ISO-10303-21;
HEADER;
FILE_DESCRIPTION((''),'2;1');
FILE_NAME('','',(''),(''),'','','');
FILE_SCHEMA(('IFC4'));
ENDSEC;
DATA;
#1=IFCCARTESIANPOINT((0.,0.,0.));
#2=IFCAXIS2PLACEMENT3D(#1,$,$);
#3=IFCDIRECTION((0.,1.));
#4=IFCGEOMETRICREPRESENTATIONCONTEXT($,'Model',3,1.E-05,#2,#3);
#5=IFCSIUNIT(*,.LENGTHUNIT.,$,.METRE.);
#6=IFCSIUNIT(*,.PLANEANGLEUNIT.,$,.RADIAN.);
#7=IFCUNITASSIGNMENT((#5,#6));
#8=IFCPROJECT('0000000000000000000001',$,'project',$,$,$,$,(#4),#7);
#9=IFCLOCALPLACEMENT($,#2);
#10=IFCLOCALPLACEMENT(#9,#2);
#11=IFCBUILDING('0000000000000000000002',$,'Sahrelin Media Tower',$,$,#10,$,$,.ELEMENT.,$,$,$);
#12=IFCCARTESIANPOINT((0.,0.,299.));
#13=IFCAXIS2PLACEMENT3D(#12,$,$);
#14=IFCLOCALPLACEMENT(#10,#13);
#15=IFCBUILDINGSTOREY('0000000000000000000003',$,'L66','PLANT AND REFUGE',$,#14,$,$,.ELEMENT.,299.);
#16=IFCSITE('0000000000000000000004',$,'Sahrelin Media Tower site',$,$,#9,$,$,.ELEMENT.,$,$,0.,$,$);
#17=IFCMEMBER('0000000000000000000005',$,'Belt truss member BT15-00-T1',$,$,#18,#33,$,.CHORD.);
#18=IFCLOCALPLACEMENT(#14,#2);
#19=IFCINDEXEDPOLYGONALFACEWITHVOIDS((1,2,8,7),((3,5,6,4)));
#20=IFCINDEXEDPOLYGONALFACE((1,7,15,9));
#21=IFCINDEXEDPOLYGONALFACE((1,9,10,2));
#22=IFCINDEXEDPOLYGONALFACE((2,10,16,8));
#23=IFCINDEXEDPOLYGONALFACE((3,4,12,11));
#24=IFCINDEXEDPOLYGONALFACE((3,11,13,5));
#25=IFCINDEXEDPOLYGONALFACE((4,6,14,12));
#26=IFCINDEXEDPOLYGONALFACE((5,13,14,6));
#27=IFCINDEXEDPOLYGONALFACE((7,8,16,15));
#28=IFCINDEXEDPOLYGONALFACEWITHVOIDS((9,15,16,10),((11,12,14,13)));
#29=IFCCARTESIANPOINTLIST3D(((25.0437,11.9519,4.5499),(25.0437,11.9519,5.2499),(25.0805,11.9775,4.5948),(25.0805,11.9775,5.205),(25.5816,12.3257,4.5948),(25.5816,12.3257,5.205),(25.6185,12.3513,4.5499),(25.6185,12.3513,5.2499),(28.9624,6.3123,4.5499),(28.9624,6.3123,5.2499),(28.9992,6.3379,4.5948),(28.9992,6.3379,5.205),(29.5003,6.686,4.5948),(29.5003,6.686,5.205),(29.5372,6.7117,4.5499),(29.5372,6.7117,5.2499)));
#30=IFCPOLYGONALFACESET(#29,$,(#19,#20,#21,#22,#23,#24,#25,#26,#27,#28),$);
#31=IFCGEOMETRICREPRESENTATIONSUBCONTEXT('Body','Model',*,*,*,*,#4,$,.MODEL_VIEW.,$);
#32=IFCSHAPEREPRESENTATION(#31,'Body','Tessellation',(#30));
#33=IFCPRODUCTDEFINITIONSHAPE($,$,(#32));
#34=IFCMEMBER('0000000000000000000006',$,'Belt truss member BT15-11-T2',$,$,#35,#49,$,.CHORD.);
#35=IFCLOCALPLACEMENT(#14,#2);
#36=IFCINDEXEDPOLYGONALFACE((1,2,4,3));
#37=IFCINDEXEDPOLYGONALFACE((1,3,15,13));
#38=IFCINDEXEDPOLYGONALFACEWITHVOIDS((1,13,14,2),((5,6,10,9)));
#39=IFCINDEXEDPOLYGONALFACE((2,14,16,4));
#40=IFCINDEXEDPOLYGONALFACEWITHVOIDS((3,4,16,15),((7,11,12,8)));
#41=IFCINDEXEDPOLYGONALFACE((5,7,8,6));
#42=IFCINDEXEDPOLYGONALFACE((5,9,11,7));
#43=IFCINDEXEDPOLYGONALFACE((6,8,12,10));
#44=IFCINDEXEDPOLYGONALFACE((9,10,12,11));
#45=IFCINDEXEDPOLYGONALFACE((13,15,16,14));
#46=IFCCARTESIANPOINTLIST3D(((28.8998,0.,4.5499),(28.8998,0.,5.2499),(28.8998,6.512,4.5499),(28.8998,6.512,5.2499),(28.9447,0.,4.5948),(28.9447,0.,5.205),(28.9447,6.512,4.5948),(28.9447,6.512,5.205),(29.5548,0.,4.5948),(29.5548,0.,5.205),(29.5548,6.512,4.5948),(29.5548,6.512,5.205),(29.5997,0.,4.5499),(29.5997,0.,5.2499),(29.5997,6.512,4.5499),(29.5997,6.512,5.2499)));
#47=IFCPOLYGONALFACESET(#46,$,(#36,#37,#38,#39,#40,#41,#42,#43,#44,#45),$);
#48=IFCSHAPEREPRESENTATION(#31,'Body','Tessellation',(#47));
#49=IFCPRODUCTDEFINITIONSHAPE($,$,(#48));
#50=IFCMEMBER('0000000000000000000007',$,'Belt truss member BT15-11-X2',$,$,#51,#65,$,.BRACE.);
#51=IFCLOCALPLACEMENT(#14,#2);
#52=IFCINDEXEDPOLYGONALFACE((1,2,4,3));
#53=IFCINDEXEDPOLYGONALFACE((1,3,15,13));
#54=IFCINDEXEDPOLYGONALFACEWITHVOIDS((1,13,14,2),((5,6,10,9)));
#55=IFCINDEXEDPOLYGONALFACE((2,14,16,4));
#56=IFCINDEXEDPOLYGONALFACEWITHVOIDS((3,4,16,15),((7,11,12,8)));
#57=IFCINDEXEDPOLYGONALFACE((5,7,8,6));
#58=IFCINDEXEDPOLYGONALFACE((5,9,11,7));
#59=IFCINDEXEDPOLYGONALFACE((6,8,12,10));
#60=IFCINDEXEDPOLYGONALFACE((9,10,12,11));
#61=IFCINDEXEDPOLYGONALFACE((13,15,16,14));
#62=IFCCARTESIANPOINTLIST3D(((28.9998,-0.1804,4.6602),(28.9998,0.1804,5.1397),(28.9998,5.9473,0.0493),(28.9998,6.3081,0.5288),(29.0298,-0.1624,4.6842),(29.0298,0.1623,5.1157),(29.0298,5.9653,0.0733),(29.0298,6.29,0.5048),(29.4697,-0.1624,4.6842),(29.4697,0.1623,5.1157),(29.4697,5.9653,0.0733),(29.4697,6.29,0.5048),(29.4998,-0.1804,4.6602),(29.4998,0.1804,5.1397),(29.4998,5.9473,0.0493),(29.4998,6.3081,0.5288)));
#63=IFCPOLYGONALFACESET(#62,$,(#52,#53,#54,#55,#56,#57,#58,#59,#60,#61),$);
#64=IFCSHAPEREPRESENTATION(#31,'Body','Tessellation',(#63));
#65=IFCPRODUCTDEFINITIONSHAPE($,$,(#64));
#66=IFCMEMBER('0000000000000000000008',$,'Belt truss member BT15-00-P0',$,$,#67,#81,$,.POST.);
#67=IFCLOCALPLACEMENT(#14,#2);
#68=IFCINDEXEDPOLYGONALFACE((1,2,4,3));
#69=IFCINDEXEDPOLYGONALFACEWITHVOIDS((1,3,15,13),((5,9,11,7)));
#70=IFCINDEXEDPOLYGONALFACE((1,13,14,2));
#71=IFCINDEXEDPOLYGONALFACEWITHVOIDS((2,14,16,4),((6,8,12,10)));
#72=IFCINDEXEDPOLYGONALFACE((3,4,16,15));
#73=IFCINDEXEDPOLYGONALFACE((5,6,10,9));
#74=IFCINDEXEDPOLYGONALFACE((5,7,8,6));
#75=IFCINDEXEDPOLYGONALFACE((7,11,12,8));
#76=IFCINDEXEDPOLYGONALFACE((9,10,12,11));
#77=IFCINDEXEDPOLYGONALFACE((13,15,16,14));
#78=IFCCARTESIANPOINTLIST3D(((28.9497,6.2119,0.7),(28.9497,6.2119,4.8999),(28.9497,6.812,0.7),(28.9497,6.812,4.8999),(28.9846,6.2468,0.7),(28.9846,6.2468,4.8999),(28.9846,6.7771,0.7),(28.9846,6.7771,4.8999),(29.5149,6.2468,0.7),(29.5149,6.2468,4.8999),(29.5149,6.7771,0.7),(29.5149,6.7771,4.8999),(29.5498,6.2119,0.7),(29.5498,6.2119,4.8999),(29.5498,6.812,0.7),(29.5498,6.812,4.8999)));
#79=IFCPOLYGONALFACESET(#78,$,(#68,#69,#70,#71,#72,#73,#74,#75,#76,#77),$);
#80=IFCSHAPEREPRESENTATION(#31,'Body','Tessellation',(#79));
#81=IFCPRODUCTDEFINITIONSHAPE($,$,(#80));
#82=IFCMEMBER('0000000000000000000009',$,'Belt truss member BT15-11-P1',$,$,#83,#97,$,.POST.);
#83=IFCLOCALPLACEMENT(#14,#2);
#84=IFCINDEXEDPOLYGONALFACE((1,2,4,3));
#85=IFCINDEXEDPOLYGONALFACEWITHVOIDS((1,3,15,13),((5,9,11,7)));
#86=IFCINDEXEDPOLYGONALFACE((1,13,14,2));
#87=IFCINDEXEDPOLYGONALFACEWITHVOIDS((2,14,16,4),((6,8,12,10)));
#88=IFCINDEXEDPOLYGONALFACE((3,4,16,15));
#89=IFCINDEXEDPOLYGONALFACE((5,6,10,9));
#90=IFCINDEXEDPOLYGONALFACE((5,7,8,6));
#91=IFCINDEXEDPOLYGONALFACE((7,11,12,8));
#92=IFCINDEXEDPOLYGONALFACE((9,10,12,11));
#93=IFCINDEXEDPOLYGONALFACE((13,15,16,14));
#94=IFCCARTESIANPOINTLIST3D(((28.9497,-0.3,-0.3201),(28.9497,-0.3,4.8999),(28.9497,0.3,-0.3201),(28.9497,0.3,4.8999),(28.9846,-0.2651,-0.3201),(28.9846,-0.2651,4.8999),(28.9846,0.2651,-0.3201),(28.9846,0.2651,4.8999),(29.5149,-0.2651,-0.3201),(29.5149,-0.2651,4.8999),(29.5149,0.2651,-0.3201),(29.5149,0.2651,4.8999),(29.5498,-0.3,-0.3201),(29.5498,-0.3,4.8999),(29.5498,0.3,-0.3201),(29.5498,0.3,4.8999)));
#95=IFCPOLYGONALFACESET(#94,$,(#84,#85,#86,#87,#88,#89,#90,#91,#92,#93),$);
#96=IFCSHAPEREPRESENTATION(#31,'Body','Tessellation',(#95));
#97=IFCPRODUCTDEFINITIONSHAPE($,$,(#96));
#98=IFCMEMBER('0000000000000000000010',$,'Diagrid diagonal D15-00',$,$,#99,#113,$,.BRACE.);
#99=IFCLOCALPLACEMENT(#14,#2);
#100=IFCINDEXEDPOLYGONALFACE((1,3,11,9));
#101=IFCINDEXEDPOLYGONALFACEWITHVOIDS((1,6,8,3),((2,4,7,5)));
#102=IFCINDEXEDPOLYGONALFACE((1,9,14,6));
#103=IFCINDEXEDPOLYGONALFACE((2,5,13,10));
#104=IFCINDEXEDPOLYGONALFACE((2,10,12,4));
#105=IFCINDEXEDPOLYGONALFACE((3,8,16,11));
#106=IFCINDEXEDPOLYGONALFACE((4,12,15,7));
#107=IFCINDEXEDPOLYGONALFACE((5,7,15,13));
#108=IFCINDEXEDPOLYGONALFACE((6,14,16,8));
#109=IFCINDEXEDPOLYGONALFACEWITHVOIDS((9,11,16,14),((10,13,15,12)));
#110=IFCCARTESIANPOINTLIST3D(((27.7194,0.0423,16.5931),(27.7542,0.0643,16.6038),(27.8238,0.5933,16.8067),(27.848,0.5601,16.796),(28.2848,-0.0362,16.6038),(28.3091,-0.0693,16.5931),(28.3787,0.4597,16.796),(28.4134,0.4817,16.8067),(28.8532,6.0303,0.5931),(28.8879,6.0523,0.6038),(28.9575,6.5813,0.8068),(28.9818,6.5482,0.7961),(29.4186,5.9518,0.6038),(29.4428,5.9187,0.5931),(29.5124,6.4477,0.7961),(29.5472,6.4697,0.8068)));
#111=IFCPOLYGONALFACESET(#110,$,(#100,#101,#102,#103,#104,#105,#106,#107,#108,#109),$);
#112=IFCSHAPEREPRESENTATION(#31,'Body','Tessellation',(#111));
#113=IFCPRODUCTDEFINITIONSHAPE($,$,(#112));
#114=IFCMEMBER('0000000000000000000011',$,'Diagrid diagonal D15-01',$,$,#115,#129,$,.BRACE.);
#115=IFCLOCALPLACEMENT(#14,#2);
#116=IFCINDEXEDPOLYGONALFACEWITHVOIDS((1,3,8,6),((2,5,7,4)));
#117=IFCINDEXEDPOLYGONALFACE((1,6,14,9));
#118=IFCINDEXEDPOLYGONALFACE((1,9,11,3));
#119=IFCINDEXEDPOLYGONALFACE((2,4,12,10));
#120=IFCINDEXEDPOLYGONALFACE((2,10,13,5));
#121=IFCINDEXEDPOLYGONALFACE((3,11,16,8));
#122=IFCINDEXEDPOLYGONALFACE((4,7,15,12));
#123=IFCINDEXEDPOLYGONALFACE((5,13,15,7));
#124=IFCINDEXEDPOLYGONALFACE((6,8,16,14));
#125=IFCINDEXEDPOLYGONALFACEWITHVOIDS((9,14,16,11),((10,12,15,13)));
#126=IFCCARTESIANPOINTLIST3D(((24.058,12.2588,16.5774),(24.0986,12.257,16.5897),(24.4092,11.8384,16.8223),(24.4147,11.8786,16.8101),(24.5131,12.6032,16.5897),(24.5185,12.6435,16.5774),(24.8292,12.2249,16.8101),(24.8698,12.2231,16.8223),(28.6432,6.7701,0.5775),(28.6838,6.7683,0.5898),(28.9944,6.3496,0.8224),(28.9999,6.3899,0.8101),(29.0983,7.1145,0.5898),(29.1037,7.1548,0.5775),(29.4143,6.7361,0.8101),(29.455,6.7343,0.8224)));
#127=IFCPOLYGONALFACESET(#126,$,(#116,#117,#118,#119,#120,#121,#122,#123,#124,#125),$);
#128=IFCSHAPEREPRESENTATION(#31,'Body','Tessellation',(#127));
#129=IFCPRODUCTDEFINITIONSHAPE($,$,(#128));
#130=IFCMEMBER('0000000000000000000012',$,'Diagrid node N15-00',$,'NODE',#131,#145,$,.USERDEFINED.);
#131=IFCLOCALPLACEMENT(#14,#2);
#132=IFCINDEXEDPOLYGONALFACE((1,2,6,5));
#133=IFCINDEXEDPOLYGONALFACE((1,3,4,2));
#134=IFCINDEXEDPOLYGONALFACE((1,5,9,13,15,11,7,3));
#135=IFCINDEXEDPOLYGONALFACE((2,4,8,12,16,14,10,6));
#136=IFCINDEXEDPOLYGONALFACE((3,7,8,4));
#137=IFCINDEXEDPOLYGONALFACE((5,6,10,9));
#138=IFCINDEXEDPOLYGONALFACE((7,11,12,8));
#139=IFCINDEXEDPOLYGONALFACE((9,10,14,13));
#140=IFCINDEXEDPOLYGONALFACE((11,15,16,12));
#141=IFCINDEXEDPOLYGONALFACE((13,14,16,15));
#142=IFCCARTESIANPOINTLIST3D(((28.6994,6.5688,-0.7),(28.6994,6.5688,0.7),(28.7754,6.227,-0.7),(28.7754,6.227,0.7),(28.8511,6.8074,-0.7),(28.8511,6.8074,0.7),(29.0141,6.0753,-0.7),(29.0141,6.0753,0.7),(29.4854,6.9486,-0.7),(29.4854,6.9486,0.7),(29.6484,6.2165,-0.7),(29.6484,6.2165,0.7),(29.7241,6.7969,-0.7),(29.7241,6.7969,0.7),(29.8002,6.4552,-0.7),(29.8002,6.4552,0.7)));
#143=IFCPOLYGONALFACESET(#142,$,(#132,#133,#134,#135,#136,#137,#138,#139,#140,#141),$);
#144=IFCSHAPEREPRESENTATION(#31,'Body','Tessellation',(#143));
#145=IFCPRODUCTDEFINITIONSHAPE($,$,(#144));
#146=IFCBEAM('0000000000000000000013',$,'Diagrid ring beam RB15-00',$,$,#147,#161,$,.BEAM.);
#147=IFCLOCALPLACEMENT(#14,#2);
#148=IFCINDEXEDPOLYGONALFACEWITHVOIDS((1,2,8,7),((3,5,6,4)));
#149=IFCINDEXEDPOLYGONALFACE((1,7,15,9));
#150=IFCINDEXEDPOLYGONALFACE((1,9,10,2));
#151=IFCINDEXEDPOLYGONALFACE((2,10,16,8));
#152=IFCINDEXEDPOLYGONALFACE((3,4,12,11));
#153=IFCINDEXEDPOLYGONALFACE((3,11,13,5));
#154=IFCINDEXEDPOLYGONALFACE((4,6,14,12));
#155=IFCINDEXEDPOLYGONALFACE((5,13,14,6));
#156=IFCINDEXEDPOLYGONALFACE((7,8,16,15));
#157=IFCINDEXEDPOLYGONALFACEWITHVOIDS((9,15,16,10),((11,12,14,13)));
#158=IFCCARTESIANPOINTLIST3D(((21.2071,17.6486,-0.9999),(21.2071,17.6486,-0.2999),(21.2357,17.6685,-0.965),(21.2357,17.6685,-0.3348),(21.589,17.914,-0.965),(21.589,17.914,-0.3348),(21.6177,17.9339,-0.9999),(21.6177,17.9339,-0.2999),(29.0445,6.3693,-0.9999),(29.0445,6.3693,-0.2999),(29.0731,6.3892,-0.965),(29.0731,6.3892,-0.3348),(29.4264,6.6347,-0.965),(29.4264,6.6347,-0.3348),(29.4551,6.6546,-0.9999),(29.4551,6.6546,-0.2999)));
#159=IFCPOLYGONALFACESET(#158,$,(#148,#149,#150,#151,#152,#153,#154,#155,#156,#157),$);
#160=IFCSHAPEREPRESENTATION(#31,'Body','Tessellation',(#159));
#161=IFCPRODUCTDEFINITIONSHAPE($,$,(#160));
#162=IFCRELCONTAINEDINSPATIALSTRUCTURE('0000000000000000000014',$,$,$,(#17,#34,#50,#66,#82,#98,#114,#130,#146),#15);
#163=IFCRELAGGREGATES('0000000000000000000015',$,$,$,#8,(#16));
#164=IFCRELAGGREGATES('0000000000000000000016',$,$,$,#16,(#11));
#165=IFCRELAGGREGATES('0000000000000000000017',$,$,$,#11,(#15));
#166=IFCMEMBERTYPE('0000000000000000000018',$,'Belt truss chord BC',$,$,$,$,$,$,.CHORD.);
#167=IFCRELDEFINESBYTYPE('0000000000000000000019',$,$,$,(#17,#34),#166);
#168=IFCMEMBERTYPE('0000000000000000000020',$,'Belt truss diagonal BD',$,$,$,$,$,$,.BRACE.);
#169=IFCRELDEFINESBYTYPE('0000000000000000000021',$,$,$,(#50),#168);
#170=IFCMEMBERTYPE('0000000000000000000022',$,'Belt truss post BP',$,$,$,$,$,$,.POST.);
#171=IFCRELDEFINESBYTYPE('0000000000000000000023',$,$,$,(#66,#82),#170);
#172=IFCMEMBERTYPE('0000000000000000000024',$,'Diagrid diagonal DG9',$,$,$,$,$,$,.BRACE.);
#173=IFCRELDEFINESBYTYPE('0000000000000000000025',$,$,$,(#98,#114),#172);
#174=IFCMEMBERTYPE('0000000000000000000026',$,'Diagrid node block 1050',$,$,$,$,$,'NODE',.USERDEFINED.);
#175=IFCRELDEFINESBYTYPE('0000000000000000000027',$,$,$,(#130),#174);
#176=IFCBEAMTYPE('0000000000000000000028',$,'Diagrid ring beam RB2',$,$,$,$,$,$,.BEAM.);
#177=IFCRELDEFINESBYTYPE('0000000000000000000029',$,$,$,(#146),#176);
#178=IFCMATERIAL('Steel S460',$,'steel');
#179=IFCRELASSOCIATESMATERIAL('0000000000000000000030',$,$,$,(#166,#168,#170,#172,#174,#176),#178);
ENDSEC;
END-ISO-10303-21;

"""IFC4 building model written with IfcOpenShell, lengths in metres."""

from ifc_helpers import new_model, si_unit, direction, frame, origin, origin_2d, place, context, subcontext, project, spatial, polyline, hollow_rectangle, outline, extrude, material, material_profile, profile_set, type_object, element, save


model = new_model("IFC4")

# Units and contexts
model_context = context("Model", 3, precision=1e-05, world=origin(), true_north=direction((0.0, 1.0)))
body_context = subcontext(model_context, "Body", "Model", "MODEL_VIEW")
ifc_project = project(units=[si_unit("LENGTHUNIT", "METRE"), si_unit("PLANEANGLEUNIT", "RADIAN")], contexts=[model_context])

# Site, building, storey
site_placement = place(None, origin())
site = spatial("IfcSite", under=ifc_project, at=site_placement, Name="Sahrelin Media Tower site", CompositionType="ELEMENT", RefElevation=0.0)
building_placement = place(site_placement, origin())
building = spatial("IfcBuilding", under=site, at=building_placement, Name="Sahrelin Media Tower", CompositionType="ELEMENT")
storey_placement = place(building_placement, frame((0.0, 0.0, 299.0)))
storey = spatial("IfcBuildingStorey", under=building, at=storey_placement, Name="L66", Description="PLANT AND REFUGE", CompositionType="ELEMENT", Elevation=299.0)

# Members
ifc_material_1 = material(Name="Steel S460", Category="steel")
ifc_material_profile_1 = material_profile(ifc_material_1, hollow_rectangle(XDim=0.7, YDim=0.7, WallThickness=0.0449, at=origin_2d()), Name="Belt truss chord BC")
ifc_profile_set_1 = profile_set([ifc_material_profile_1], Name="Steel S460")
member_type_1 = type_object("IfcMemberType", Name="Belt truss chord BC", PredefinedType="CHORD", material=ifc_profile_set_1)
member_1_placement = place(storey_placement, frame((29.2498, 6.512, 4.8999), z_axis=(-0.57062, 0.821214, 0.0), x_axis=(-0.821214, -0.57062, 0.0)))
element("IfcMember", 1, at=member_1_placement, inside=storey, type_object=member_type_1, Name="Belt truss member BT15-00-T1", PredefinedType="CHORD", context=body_context, shape_type="SweptSolid", body=[
    extrude(hollow_rectangle(XDim=0.7, YDim=0.7, WallThickness=0.0449, at=origin_2d()), origin(), (0.0, 0.0, 1.0), 6.8674),
])
member_2_placement = place(storey_placement, frame((29.2498, 0.0, 4.8999), z_axis=(0.0, 1.0, 0.0), x_axis=(-1.0, 0.0, 0.0)))
element("IfcMember", 2, at=member_2_placement, inside=storey, type_object=member_type_1, Name="Belt truss member BT15-11-T2", PredefinedType="CHORD", context=body_context, shape_type="SweptSolid", body=[
    extrude(hollow_rectangle(XDim=0.7, YDim=0.7, WallThickness=0.0449, at=origin_2d()), origin(), (0.0, 0.0, 1.0), 6.512),
])
ifc_material_profile_2 = material_profile(ifc_material_1, hollow_rectangle(XDim=0.5, YDim=0.6001, WallThickness=0.03, at=origin_2d()), Name="Belt truss diagonal BD")
ifc_profile_set_2 = profile_set([ifc_material_profile_2], Name="Steel S460")
member_type_2 = type_object("IfcMemberType", Name="Belt truss diagonal BD", PredefinedType="BRACE", material=ifc_profile_set_2)
member_3_placement = place(storey_placement, frame((29.2498, 6.1277, 0.2891), z_axis=(0.0, -0.799055, 0.601257), x_axis=(1.0, 0.0, 0.0)))
element("IfcMember", 3, at=member_3_placement, inside=storey, type_object=member_type_2, Name="Belt truss member BT15-11-X2", PredefinedType="BRACE", context=body_context, shape_type="SweptSolid", body=[
    extrude(hollow_rectangle(XDim=0.5, YDim=0.6001, WallThickness=0.03, at=origin_2d()), origin(), (0.0, 0.0, 1.0), 7.6687),
])
ifc_material_profile_3 = material_profile(ifc_material_1, hollow_rectangle(XDim=0.6001, YDim=0.6001, WallThickness=0.0349, at=origin_2d()), Name="Belt truss post BP")
ifc_profile_set_3 = profile_set([ifc_material_profile_3], Name="Steel S460")
member_type_3 = type_object("IfcMemberType", Name="Belt truss post BP", PredefinedType="POST", material=ifc_profile_set_3)
member_4_placement = place(storey_placement, frame((29.2498, 6.512, 0.7), z_axis=(0.0, 0.0, 1.0), x_axis=(1.0, 0.0, 0.0)))
element("IfcMember", 4, at=member_4_placement, inside=storey, type_object=member_type_3, Name="Belt truss member BT15-00-P0", PredefinedType="POST", context=body_context, shape_type="SweptSolid", body=[
    extrude(hollow_rectangle(XDim=0.6001, YDim=0.6001, WallThickness=0.0349, at=origin_2d()), origin(), (0.0, 0.0, 1.0), 4.2),
])
member_5_placement = place(storey_placement, frame((29.2498, 0.0, -0.3201), z_axis=(0.0, 0.0, 1.0), x_axis=(1.0, 0.0, 0.0)))
element("IfcMember", 5, at=member_5_placement, inside=storey, type_object=member_type_3, Name="Belt truss member BT15-11-P1", PredefinedType="POST", context=body_context, shape_type="SweptSolid", body=[
    extrude(hollow_rectangle(XDim=0.6001, YDim=0.6001, WallThickness=0.0349, at=origin_2d()), origin(), (0.0, 0.0, 1.0), 5.22),
])
ifc_material_profile_4 = material_profile(ifc_material_1, hollow_rectangle(XDim=0.6001, YDim=0.6001, WallThickness=0.03, at=origin_2d()), Name="Diagrid diagonal DG9")
ifc_profile_set_4 = profile_set([ifc_material_profile_4], Name="Steel S460")
member_type_4 = type_object("IfcMemberType", Name="Diagrid diagonal DG9", PredefinedType="BRACE", material=ifc_profile_set_4)
member_6_placement = place(storey_placement, frame((29.2002, 6.25, 0.7), z_axis=(-0.066221, -0.34974, 0.934503), x_axis=(0.982543, -0.186037, 0.0)))
element("IfcMember", 6, at=member_6_placement, inside=storey, type_object=member_type_4, Name="Diagrid diagonal D15-00", PredefinedType="BRACE", context=body_context, shape_type="SweptSolid", body=[
    extrude(hollow_rectangle(XDim=0.6001, YDim=0.6001, WallThickness=0.03, at=origin_2d()), origin(), (0.0, 0.0, 1.0), 17.1213),
])
member_7_placement = place(storey_placement, frame((29.0491, 6.7522, 0.7), z_axis=(-0.261627, 0.313184, 0.912944), x_axis=(-0.767448, -0.641111, 0.0)))
element("IfcMember", 7, at=member_7_placement, inside=storey, type_object=member_type_4, Name="Diagrid diagonal D15-01", PredefinedType="BRACE", context=body_context, shape_type="SweptSolid", body=[
    extrude(hollow_rectangle(XDim=0.6001, YDim=0.6001, WallThickness=0.03, at=origin_2d()), origin(), (0.0, 0.0, 1.0), 17.5256),
])
ifc_material_profile_5 = material_profile(ifc_material_1, outline(polyline([(0.325, -0.375), (0.5249, -0.175), (0.5249, 0.175), (0.325, 0.375), (-0.325, 0.375), (-0.5249, 0.175), (-0.5249, -0.175), (-0.325, -0.375), (0.325, -0.375)])), Name="Diagrid node block 1050")
ifc_profile_set_5 = profile_set([ifc_material_profile_5], Name="Steel S460")
member_type_5 = type_object("IfcMemberType", Name="Diagrid node block 1050", ElementType="NODE", PredefinedType="USERDEFINED", material=ifc_profile_set_5)
member_8_placement = place(storey_placement, frame((29.2498, 6.512, -0.7), z_axis=(0.0, 0.0, 1.0), x_axis=(0.976102, 0.217314, 0.0)))
element("IfcMember", 8, at=member_8_placement, inside=storey, type_object=member_type_5, Name="Diagrid node N15-00", ObjectType="NODE", PredefinedType="USERDEFINED", context=body_context, shape_type="SweptSolid", body=[
    extrude(outline(polyline([(0.325, -0.375), (0.5249, -0.175), (0.5249, 0.175), (0.325, 0.375), (-0.325, 0.375), (-0.5249, 0.175), (-0.5249, -0.175), (-0.325, -0.375), (0.325, -0.375)])), origin(), (0.0, 0.0, 1.0), 1.3999),
])

# Beam
ifc_material_profile_6 = material_profile(ifc_material_1, hollow_rectangle(XDim=0.5, YDim=0.7, WallThickness=0.0349, at=origin_2d()), Name="Diagrid ring beam RB2")
ifc_profile_set_6 = profile_set([ifc_material_profile_6], Name="Steel S460")
beam_type_1 = type_object("IfcBeamType", Name="Diagrid ring beam RB2", PredefinedType="BEAM", material=ifc_profile_set_6)
beam_1_placement = place(storey_placement, frame((29.2498, 6.512, -0.6499), z_axis=(-0.57062, 0.821214, 0.0), x_axis=(-0.821214, -0.57062, 0.0)))
element("IfcBeam", 9, at=beam_1_placement, inside=storey, type_object=beam_type_1, Name="Diagrid ring beam RB15-00", PredefinedType="BEAM", context=body_context, shape_type="SweptSolid", body=[
    extrude(hollow_rectangle(XDim=0.5, YDim=0.7, WallThickness=0.0349, at=origin_2d()), origin(), (0.0, 0.0, 1.0), 13.7349),
])

save(model, "model.ifc")
